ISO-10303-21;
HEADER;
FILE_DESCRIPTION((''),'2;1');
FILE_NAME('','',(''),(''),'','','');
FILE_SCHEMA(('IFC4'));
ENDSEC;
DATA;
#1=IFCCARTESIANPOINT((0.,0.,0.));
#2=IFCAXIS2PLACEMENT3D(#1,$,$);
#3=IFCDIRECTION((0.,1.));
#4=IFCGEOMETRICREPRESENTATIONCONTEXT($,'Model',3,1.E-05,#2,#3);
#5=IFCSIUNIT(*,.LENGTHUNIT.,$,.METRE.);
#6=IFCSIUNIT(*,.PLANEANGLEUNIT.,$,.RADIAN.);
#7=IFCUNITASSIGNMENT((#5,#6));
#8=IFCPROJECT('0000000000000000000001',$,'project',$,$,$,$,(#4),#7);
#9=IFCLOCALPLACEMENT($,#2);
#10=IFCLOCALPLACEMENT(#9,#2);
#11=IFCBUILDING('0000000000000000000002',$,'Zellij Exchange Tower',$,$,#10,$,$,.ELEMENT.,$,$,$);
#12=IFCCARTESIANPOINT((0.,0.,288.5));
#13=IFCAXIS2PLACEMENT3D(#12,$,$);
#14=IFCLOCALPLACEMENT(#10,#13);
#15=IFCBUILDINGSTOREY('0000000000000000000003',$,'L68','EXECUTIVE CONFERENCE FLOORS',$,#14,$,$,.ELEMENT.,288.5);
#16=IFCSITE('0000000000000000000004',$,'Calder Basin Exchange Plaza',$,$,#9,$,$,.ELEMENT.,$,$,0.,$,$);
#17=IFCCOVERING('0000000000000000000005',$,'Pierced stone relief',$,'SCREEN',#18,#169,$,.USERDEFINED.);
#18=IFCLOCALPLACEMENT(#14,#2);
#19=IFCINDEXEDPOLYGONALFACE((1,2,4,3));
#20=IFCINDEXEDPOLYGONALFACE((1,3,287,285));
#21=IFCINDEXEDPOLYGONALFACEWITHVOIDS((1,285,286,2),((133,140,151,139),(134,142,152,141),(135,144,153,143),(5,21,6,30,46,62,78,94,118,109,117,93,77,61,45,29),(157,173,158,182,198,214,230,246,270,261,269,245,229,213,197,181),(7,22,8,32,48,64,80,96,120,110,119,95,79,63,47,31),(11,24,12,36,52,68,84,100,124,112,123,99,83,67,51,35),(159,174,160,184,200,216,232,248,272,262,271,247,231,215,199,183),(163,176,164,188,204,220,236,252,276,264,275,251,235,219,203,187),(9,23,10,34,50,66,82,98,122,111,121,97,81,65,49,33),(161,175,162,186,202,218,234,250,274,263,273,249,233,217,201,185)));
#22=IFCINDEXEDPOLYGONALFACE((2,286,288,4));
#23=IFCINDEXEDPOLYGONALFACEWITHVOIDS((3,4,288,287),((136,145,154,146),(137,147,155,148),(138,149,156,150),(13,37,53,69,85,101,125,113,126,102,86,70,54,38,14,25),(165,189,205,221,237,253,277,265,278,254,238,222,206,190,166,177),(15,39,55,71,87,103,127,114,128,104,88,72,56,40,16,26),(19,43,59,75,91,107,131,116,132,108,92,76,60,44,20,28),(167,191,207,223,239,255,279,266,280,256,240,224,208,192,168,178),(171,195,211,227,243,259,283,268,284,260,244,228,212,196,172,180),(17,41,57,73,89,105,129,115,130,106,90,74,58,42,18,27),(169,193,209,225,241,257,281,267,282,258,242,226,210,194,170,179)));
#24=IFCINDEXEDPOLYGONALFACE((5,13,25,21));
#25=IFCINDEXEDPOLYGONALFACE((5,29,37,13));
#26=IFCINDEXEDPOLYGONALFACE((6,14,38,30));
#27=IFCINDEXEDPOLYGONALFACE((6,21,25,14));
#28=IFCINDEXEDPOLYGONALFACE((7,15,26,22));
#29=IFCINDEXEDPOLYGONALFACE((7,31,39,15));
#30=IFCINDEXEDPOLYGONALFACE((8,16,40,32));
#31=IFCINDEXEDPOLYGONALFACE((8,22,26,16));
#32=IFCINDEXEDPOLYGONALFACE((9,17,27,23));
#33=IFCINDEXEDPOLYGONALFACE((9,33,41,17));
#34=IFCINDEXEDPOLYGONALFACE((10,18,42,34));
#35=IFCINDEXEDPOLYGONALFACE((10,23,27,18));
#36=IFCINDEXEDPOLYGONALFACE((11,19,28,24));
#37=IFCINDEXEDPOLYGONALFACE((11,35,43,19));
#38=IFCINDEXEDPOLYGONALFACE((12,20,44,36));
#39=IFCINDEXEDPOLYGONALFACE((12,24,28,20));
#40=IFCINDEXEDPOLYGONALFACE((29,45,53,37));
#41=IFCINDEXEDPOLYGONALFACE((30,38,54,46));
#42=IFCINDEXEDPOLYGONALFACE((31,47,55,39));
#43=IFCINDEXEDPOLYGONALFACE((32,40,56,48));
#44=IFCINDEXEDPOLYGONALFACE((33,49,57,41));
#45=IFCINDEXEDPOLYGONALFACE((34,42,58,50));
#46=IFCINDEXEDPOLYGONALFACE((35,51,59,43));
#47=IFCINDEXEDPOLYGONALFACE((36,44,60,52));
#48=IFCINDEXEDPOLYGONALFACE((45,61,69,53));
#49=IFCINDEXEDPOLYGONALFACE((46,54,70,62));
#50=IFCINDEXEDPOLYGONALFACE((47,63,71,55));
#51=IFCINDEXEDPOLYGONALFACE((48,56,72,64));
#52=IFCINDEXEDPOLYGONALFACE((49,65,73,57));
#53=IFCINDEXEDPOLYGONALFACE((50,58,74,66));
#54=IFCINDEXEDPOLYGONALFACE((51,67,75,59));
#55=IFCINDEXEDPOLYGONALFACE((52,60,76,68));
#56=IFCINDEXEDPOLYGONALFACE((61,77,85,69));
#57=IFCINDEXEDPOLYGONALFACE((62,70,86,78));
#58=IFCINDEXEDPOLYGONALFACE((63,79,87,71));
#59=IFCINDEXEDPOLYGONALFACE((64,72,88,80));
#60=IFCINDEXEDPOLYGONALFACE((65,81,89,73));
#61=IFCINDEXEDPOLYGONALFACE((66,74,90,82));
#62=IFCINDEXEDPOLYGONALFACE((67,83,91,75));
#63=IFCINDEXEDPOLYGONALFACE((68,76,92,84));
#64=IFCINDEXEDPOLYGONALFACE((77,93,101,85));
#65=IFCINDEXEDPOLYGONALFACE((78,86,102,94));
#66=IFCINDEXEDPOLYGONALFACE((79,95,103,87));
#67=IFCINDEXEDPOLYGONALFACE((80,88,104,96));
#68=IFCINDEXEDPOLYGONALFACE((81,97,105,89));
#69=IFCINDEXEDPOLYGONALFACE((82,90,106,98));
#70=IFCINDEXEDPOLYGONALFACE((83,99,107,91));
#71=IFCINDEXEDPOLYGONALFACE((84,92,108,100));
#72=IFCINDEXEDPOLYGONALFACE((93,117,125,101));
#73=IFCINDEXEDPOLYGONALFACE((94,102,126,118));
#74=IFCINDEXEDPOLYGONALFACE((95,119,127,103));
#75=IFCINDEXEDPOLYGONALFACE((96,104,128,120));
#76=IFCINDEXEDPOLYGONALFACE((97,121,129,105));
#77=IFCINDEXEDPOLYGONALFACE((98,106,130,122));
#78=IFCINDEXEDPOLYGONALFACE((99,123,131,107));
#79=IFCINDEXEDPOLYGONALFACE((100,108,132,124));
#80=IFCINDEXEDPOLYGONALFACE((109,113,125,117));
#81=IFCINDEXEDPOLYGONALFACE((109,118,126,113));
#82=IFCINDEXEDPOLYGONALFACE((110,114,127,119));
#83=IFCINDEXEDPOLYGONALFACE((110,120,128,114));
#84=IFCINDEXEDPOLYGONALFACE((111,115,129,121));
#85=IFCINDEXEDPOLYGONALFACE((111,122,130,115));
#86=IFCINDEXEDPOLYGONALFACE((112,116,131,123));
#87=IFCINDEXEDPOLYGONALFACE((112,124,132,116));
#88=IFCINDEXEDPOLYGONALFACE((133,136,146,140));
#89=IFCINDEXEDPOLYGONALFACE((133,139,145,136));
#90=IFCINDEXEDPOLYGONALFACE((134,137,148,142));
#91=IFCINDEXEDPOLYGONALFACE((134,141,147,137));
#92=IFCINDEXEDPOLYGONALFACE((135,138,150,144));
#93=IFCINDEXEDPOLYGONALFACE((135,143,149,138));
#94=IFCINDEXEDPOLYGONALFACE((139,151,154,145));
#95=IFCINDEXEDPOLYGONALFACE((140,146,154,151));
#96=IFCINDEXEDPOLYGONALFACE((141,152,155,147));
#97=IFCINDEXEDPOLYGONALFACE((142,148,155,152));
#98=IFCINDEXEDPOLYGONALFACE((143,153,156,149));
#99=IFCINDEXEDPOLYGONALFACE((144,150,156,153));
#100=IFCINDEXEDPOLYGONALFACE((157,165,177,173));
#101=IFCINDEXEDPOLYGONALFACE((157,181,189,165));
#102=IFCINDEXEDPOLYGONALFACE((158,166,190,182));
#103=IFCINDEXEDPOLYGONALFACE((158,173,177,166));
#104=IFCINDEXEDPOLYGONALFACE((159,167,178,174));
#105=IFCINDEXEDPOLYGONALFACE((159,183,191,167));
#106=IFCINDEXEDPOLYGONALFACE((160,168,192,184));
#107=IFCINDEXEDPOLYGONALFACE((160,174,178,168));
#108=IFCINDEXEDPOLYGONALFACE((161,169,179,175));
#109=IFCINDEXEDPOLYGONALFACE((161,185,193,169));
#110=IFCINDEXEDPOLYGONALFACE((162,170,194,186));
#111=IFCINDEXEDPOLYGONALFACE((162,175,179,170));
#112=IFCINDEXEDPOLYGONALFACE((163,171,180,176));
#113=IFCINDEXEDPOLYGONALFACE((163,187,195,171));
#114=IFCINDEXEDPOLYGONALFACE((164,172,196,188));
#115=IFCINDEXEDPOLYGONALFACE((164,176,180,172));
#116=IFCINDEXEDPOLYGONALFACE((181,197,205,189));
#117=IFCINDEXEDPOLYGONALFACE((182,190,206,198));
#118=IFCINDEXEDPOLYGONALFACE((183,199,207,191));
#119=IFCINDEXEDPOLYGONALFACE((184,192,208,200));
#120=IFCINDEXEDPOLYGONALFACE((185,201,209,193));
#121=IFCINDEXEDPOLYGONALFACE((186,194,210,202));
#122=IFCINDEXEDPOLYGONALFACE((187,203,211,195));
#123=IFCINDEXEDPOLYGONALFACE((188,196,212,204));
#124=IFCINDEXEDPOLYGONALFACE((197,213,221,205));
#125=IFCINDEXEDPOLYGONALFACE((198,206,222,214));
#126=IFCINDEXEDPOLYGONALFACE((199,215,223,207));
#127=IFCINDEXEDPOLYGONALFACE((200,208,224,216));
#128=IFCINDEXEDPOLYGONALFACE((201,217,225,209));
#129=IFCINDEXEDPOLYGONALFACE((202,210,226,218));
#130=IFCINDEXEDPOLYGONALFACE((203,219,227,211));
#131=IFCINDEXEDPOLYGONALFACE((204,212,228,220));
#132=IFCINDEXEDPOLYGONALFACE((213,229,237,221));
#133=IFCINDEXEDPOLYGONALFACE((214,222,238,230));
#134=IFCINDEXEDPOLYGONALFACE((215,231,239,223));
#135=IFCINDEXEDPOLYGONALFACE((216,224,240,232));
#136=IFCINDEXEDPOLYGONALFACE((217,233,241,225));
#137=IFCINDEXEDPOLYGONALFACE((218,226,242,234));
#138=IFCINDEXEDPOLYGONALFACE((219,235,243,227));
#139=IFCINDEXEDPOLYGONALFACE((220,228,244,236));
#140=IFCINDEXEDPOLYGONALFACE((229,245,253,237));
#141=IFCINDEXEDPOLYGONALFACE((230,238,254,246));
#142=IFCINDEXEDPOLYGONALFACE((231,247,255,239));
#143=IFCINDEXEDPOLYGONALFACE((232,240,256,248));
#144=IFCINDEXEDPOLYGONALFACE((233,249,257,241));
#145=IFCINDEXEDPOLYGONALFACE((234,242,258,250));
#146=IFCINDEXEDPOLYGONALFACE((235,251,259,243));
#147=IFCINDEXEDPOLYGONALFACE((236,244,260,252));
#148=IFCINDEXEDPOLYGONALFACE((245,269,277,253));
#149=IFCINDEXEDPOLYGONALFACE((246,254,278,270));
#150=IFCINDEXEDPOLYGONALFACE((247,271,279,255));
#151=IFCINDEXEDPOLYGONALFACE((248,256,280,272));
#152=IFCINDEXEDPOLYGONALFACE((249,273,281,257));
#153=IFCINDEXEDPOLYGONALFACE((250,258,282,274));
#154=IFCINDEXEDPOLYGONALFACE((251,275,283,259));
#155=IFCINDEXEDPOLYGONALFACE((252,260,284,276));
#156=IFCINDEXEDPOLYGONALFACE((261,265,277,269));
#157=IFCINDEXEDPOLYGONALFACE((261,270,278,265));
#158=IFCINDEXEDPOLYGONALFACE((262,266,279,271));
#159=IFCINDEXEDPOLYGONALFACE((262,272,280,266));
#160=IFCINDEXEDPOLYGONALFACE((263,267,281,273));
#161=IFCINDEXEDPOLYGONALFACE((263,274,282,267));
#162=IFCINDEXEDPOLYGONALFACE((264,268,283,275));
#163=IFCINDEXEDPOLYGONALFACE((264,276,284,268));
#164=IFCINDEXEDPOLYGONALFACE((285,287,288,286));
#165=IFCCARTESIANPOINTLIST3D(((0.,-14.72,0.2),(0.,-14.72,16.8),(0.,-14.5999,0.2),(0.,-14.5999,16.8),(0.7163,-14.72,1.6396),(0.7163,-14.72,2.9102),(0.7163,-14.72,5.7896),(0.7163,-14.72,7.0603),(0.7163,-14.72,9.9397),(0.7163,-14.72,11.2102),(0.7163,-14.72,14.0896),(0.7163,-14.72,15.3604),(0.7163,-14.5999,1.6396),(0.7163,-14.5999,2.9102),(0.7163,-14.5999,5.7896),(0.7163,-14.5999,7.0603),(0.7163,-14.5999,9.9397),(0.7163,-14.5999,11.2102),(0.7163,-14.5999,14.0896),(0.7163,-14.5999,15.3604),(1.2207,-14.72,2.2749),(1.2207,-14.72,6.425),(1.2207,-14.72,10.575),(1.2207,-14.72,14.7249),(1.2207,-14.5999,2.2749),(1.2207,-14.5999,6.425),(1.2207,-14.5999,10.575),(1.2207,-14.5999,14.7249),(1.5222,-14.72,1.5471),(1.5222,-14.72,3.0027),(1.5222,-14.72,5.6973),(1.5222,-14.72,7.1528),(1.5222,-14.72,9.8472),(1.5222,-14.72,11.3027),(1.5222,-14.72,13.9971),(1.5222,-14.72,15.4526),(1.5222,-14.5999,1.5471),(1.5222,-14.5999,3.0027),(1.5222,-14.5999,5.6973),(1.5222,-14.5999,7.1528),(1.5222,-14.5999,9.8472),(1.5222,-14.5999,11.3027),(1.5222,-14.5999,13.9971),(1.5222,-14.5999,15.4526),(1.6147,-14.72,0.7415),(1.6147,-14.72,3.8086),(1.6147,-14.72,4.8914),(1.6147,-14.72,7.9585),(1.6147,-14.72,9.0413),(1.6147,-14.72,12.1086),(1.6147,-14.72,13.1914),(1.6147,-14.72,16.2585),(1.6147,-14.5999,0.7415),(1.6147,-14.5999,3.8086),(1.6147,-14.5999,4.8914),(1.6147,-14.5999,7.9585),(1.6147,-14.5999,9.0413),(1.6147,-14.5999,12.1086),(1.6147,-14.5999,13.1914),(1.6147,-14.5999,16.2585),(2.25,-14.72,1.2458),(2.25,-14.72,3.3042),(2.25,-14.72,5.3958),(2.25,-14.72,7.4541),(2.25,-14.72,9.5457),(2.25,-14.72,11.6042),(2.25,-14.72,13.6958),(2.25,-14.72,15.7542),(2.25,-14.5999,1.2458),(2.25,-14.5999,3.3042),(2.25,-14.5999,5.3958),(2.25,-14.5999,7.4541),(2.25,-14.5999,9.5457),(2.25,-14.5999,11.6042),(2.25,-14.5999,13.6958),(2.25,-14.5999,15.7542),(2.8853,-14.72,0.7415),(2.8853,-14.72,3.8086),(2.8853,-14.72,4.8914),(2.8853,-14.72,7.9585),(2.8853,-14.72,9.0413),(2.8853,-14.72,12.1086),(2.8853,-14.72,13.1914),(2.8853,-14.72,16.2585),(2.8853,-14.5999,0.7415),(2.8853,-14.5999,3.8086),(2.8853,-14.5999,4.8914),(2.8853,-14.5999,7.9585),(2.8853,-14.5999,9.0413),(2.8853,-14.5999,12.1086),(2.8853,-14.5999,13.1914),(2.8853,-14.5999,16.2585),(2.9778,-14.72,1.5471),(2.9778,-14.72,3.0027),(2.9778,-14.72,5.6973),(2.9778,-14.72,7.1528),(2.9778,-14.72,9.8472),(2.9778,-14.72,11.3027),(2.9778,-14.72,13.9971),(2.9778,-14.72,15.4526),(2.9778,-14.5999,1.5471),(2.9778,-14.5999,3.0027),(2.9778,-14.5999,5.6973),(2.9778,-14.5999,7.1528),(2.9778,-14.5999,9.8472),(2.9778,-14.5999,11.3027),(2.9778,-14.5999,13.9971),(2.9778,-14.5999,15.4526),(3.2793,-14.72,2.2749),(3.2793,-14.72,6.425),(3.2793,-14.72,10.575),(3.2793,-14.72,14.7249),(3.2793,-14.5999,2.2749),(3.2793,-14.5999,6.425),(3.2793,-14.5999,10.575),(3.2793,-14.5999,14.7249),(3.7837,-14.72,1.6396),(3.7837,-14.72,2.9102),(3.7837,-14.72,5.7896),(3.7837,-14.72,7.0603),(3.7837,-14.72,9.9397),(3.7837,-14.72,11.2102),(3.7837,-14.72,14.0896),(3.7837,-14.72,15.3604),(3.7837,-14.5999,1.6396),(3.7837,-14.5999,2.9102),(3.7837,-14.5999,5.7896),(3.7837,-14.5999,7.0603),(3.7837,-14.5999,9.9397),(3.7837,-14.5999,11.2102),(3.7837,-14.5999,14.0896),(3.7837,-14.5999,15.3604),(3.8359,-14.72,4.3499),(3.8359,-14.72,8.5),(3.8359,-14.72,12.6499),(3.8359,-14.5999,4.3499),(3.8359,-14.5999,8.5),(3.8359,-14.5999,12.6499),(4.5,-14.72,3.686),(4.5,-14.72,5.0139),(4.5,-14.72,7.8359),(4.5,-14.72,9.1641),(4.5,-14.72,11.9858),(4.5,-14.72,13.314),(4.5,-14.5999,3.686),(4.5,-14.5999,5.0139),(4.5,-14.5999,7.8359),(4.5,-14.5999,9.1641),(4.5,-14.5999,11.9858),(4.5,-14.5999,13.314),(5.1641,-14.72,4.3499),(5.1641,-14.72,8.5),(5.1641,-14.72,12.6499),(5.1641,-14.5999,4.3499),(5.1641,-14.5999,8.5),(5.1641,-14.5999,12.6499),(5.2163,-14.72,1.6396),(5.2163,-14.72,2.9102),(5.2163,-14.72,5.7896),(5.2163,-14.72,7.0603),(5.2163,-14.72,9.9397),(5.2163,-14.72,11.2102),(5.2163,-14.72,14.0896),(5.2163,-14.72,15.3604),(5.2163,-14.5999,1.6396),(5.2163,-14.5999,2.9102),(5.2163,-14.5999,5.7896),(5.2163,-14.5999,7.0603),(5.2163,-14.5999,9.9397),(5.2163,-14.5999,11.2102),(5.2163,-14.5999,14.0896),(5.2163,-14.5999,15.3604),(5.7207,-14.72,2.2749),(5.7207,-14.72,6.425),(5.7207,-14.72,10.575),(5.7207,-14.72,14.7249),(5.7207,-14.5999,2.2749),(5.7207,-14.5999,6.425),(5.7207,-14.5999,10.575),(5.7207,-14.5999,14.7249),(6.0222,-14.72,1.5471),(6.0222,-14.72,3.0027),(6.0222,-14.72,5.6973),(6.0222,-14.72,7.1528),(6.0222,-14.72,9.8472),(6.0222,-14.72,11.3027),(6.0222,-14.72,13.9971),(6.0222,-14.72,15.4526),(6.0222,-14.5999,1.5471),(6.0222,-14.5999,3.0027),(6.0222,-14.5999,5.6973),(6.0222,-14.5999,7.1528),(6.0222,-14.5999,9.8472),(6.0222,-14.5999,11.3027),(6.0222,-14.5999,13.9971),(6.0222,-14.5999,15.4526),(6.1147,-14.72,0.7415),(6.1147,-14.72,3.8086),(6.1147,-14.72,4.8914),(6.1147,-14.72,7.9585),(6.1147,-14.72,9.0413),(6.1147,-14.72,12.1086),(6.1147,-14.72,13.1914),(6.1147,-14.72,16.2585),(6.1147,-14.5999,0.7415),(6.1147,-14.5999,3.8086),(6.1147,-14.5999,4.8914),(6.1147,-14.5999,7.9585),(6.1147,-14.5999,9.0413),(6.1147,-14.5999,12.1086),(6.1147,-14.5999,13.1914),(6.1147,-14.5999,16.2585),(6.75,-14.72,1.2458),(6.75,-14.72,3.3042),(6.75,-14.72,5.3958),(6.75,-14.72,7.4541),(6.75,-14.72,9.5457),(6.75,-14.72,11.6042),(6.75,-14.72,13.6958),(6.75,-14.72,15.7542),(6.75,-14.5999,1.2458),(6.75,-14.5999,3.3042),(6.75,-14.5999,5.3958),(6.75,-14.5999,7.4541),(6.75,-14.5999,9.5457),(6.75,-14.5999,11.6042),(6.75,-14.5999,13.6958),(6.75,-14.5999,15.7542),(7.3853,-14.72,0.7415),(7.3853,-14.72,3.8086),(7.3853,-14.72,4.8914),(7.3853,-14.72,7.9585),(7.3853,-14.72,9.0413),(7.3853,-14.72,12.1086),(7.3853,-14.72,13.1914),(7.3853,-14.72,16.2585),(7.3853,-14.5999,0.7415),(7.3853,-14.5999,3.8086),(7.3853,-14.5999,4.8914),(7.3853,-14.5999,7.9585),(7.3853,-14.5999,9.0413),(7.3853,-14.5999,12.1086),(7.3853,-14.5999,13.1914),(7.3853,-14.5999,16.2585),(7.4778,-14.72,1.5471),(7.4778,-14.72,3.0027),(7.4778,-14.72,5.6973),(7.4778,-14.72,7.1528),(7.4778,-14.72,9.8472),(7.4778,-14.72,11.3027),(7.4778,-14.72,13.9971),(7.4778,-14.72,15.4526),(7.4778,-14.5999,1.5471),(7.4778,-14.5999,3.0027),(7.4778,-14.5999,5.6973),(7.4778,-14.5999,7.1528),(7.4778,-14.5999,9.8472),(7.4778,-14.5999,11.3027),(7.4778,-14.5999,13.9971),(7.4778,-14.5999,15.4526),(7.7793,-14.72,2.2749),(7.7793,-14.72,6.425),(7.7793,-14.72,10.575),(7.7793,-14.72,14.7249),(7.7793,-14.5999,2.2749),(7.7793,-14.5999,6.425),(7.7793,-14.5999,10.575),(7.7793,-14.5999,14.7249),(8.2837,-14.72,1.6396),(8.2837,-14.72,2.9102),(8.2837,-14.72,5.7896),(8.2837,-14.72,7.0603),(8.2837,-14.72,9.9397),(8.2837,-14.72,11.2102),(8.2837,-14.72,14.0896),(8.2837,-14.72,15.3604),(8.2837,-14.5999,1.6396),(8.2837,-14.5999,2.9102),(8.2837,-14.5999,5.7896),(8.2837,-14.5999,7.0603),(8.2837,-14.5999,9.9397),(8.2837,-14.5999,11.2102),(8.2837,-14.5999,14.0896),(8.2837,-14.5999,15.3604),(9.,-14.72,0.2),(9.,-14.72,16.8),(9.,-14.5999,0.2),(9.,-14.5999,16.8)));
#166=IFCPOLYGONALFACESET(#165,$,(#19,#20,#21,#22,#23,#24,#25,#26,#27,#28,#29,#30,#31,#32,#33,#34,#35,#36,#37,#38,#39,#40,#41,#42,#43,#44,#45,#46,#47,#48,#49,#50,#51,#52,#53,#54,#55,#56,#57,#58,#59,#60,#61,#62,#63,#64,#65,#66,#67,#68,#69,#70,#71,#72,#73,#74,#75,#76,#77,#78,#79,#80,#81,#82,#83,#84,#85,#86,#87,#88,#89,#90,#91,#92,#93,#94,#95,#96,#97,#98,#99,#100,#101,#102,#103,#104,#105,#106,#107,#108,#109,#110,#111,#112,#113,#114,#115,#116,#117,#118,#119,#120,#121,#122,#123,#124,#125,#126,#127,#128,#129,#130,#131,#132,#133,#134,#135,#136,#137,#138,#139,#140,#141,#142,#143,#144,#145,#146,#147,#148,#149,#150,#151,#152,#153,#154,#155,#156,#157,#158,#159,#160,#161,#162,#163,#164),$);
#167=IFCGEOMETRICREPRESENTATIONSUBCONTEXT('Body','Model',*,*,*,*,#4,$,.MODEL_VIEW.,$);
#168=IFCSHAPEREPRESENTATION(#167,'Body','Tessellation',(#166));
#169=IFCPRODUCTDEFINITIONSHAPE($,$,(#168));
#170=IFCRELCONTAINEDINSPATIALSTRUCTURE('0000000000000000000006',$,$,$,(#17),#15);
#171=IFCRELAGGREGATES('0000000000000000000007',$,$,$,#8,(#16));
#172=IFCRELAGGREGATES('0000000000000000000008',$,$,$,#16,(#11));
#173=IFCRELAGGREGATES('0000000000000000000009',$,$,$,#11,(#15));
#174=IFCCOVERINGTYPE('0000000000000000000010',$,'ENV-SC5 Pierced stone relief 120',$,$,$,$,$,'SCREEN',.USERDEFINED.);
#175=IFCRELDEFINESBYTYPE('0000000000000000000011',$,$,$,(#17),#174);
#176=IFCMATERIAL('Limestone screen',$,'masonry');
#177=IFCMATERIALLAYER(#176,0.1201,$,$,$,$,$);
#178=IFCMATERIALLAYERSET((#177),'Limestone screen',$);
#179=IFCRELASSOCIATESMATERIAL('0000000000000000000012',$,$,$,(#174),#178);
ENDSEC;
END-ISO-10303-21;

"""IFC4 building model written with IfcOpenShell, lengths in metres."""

from ifc_helpers import new_model, si_unit, direction, frame, origin, place, context, subcontext, project, spatial, polyline, outline, extrude, material, layer, layer_set, type_object, element, save


model = new_model("IFC4")

# Units and contexts
model_context = context("Model", 3, precision=1e-05, world=origin(), true_north=direction((0.0, 1.0)))
body_context = subcontext(model_context, "Body", "Model", "MODEL_VIEW")
ifc_project = project(units=[si_unit("LENGTHUNIT", "METRE"), si_unit("PLANEANGLEUNIT", "RADIAN")], contexts=[model_context])

# Site, building, storey
site_placement = place(None, origin())
site = spatial("IfcSite", under=ifc_project, at=site_placement, Name="Calder Basin Exchange Plaza", CompositionType="ELEMENT", RefElevation=0.0)
building_placement = place(site_placement, origin())
building = spatial("IfcBuilding", under=site, at=building_placement, Name="Zellij Exchange Tower", CompositionType="ELEMENT")
storey_placement = place(building_placement, frame((0.0, 0.0, 288.5)))
storey = spatial("IfcBuildingStorey", under=building, at=storey_placement, Name="L68", Description="EXECUTIVE CONFERENCE FLOORS", CompositionType="ELEMENT", Elevation=288.5)

# Covering
ifc_material_1 = material(Name="Limestone screen", Category="masonry")
ifc_layer_1 = layer(ifc_material_1, 0.1201)
ifc_layer_set_1 = layer_set([ifc_layer_1], Name="Limestone screen")
covering_type = type_object("IfcCoveringType", Name="ENV-SC5 Pierced stone relief 120", ElementType="SCREEN", PredefinedType="USERDEFINED", material=ifc_layer_set_1)
covering_placement = place(storey_placement, frame((0.0, -14.6599, 0.2), z_axis=(0.0, 0.0, 1.0), x_axis=(1.0, 0.0, 0.0)))
element("IfcCovering", 1, at=covering_placement, inside=storey, type_object=covering_type, Name="Pierced stone relief", ObjectType="SCREEN", PredefinedType="USERDEFINED", context=body_context, shape_type="SweptSolid", body=[
    extrude(outline(polyline([(0.0, 0.0), (9.0, 0.0), (9.0, 16.6001), (0.0, 16.6001), (0.0, 0.0)]), holes=[polyline([(3.7837, 2.7102), (2.9778, 2.8027), (2.8853, 3.6086), (2.25, 3.1042), (1.6147, 3.6086), (1.5222, 2.8027), (0.7163, 2.7102), (1.2207, 2.075), (0.7163, 1.4397), (1.5222, 1.3472), (1.6147, 0.5415), (2.25, 1.0459), (2.8853, 0.5415), (2.9778, 1.3472), (3.7837, 1.4397), (3.2793, 2.075), (3.7837, 2.7102)]), polyline([(3.7837, 6.8604), (2.9778, 6.9529), (2.8853, 7.7585), (2.25, 7.2542), (1.6147, 7.7585), (1.5222, 6.9529), (0.7163, 6.8604), (1.2207, 6.2251), (0.7163, 5.5896), (1.5222, 5.4973), (1.6147, 4.6914), (2.25, 5.1958), (2.8853, 4.6914), (2.9778, 5.4973), (3.7837, 5.5896), (3.2793, 6.2251), (3.7837, 6.8604)]), polyline([(3.7837, 11.0103), (2.9778, 11.1028), (2.8853, 11.9087), (2.25, 11.4043), (1.6147, 11.9087), (1.5222, 11.1028), (0.7163, 11.0103), (1.2207, 10.375), (0.7163, 9.7397), (1.5222, 9.6472), (1.6147, 8.8413), (2.25, 9.3457), (2.8853, 8.8413), (2.9778, 9.6472), (3.7837, 9.7397), (3.2793, 10.375), (3.7837, 11.0103)]), polyline([(3.7837, 15.1604), (2.9778, 15.2527), (2.8853, 16.0586), (2.25, 15.5542), (1.6147, 16.0586), (1.5222, 15.2527), (0.7163, 15.1604), (1.2207, 14.5249), (0.7163, 13.8896), (1.5222, 13.7971), (1.6147, 12.9915), (2.25, 13.4958), (2.8853, 12.9915), (2.9778, 13.7971), (3.7837, 13.8896), (3.2793, 14.5249), (3.7837, 15.1604)]), polyline([(8.2837, 2.7102), (7.4778, 2.8027), (7.3853, 3.6086), (6.75, 3.1042), (6.1147, 3.6086), (6.0222, 2.8027), (5.2163, 2.7102), (5.7207, 2.075), (5.2163, 1.4397), (6.0222, 1.3472), (6.1147, 0.5415), (6.75, 1.0459), (7.3853, 0.5415), (7.4778, 1.3472), (8.2837, 1.4397), (7.7793, 2.075), (8.2837, 2.7102)]), polyline([(8.2837, 6.8604), (7.4778, 6.9529), (7.3853, 7.7585), (6.75, 7.2542), (6.1147, 7.7585), (6.0222, 6.9529), (5.2163, 6.8604), (5.7207, 6.2251), (5.2163, 5.5896), (6.0222, 5.4973), (6.1147, 4.6914), (6.75, 5.1958), (7.3853, 4.6914), (7.4778, 5.4973), (8.2837, 5.5896), (7.7793, 6.2251), (8.2837, 6.8604)]), polyline([(8.2837, 11.0103), (7.4778, 11.1028), (7.3853, 11.9087), (6.75, 11.4043), (6.1147, 11.9087), (6.0222, 11.1028), (5.2163, 11.0103), (5.7207, 10.375), (5.2163, 9.7397), (6.0222, 9.6472), (6.1147, 8.8413), (6.75, 9.3457), (7.3853, 8.8413), (7.4778, 9.6472), (8.2837, 9.7397), (7.7793, 10.375), (8.2837, 11.0103)]), polyline([(8.2837, 15.1604), (7.4778, 15.2527), (7.3853, 16.0586), (6.75, 15.5542), (6.1147, 16.0586), (6.0222, 15.2527), (5.2163, 15.1604), (5.7207, 14.5249), (5.2163, 13.8896), (6.0222, 13.7971), (6.1147, 12.9915), (6.75, 13.4958), (7.3853, 12.9915), (7.4778, 13.7971), (8.2837, 13.8896), (7.7793, 14.5249), (8.2837, 15.1604)]), polyline([(5.1641, 4.1499), (4.5, 4.814), (3.8359, 4.1499), (4.5, 3.4861), (5.1641, 4.1499)]), polyline([(5.1641, 8.3), (4.5, 8.9641), (3.8359, 8.3), (4.5, 7.636), (5.1641, 8.3)]), polyline([(5.1641, 12.45), (4.5, 13.114), (3.8359, 12.45), (4.5, 11.7859), (5.1641, 12.45)])]), frame((0.0, 0.0601, 0.0), z_axis=(0.0, -1.0, 0.0), x_axis=(1.0, 0.0, 0.0)), (0.0, 0.0, 1.0), 0.1201),
])

save(model, "model.ifc")
